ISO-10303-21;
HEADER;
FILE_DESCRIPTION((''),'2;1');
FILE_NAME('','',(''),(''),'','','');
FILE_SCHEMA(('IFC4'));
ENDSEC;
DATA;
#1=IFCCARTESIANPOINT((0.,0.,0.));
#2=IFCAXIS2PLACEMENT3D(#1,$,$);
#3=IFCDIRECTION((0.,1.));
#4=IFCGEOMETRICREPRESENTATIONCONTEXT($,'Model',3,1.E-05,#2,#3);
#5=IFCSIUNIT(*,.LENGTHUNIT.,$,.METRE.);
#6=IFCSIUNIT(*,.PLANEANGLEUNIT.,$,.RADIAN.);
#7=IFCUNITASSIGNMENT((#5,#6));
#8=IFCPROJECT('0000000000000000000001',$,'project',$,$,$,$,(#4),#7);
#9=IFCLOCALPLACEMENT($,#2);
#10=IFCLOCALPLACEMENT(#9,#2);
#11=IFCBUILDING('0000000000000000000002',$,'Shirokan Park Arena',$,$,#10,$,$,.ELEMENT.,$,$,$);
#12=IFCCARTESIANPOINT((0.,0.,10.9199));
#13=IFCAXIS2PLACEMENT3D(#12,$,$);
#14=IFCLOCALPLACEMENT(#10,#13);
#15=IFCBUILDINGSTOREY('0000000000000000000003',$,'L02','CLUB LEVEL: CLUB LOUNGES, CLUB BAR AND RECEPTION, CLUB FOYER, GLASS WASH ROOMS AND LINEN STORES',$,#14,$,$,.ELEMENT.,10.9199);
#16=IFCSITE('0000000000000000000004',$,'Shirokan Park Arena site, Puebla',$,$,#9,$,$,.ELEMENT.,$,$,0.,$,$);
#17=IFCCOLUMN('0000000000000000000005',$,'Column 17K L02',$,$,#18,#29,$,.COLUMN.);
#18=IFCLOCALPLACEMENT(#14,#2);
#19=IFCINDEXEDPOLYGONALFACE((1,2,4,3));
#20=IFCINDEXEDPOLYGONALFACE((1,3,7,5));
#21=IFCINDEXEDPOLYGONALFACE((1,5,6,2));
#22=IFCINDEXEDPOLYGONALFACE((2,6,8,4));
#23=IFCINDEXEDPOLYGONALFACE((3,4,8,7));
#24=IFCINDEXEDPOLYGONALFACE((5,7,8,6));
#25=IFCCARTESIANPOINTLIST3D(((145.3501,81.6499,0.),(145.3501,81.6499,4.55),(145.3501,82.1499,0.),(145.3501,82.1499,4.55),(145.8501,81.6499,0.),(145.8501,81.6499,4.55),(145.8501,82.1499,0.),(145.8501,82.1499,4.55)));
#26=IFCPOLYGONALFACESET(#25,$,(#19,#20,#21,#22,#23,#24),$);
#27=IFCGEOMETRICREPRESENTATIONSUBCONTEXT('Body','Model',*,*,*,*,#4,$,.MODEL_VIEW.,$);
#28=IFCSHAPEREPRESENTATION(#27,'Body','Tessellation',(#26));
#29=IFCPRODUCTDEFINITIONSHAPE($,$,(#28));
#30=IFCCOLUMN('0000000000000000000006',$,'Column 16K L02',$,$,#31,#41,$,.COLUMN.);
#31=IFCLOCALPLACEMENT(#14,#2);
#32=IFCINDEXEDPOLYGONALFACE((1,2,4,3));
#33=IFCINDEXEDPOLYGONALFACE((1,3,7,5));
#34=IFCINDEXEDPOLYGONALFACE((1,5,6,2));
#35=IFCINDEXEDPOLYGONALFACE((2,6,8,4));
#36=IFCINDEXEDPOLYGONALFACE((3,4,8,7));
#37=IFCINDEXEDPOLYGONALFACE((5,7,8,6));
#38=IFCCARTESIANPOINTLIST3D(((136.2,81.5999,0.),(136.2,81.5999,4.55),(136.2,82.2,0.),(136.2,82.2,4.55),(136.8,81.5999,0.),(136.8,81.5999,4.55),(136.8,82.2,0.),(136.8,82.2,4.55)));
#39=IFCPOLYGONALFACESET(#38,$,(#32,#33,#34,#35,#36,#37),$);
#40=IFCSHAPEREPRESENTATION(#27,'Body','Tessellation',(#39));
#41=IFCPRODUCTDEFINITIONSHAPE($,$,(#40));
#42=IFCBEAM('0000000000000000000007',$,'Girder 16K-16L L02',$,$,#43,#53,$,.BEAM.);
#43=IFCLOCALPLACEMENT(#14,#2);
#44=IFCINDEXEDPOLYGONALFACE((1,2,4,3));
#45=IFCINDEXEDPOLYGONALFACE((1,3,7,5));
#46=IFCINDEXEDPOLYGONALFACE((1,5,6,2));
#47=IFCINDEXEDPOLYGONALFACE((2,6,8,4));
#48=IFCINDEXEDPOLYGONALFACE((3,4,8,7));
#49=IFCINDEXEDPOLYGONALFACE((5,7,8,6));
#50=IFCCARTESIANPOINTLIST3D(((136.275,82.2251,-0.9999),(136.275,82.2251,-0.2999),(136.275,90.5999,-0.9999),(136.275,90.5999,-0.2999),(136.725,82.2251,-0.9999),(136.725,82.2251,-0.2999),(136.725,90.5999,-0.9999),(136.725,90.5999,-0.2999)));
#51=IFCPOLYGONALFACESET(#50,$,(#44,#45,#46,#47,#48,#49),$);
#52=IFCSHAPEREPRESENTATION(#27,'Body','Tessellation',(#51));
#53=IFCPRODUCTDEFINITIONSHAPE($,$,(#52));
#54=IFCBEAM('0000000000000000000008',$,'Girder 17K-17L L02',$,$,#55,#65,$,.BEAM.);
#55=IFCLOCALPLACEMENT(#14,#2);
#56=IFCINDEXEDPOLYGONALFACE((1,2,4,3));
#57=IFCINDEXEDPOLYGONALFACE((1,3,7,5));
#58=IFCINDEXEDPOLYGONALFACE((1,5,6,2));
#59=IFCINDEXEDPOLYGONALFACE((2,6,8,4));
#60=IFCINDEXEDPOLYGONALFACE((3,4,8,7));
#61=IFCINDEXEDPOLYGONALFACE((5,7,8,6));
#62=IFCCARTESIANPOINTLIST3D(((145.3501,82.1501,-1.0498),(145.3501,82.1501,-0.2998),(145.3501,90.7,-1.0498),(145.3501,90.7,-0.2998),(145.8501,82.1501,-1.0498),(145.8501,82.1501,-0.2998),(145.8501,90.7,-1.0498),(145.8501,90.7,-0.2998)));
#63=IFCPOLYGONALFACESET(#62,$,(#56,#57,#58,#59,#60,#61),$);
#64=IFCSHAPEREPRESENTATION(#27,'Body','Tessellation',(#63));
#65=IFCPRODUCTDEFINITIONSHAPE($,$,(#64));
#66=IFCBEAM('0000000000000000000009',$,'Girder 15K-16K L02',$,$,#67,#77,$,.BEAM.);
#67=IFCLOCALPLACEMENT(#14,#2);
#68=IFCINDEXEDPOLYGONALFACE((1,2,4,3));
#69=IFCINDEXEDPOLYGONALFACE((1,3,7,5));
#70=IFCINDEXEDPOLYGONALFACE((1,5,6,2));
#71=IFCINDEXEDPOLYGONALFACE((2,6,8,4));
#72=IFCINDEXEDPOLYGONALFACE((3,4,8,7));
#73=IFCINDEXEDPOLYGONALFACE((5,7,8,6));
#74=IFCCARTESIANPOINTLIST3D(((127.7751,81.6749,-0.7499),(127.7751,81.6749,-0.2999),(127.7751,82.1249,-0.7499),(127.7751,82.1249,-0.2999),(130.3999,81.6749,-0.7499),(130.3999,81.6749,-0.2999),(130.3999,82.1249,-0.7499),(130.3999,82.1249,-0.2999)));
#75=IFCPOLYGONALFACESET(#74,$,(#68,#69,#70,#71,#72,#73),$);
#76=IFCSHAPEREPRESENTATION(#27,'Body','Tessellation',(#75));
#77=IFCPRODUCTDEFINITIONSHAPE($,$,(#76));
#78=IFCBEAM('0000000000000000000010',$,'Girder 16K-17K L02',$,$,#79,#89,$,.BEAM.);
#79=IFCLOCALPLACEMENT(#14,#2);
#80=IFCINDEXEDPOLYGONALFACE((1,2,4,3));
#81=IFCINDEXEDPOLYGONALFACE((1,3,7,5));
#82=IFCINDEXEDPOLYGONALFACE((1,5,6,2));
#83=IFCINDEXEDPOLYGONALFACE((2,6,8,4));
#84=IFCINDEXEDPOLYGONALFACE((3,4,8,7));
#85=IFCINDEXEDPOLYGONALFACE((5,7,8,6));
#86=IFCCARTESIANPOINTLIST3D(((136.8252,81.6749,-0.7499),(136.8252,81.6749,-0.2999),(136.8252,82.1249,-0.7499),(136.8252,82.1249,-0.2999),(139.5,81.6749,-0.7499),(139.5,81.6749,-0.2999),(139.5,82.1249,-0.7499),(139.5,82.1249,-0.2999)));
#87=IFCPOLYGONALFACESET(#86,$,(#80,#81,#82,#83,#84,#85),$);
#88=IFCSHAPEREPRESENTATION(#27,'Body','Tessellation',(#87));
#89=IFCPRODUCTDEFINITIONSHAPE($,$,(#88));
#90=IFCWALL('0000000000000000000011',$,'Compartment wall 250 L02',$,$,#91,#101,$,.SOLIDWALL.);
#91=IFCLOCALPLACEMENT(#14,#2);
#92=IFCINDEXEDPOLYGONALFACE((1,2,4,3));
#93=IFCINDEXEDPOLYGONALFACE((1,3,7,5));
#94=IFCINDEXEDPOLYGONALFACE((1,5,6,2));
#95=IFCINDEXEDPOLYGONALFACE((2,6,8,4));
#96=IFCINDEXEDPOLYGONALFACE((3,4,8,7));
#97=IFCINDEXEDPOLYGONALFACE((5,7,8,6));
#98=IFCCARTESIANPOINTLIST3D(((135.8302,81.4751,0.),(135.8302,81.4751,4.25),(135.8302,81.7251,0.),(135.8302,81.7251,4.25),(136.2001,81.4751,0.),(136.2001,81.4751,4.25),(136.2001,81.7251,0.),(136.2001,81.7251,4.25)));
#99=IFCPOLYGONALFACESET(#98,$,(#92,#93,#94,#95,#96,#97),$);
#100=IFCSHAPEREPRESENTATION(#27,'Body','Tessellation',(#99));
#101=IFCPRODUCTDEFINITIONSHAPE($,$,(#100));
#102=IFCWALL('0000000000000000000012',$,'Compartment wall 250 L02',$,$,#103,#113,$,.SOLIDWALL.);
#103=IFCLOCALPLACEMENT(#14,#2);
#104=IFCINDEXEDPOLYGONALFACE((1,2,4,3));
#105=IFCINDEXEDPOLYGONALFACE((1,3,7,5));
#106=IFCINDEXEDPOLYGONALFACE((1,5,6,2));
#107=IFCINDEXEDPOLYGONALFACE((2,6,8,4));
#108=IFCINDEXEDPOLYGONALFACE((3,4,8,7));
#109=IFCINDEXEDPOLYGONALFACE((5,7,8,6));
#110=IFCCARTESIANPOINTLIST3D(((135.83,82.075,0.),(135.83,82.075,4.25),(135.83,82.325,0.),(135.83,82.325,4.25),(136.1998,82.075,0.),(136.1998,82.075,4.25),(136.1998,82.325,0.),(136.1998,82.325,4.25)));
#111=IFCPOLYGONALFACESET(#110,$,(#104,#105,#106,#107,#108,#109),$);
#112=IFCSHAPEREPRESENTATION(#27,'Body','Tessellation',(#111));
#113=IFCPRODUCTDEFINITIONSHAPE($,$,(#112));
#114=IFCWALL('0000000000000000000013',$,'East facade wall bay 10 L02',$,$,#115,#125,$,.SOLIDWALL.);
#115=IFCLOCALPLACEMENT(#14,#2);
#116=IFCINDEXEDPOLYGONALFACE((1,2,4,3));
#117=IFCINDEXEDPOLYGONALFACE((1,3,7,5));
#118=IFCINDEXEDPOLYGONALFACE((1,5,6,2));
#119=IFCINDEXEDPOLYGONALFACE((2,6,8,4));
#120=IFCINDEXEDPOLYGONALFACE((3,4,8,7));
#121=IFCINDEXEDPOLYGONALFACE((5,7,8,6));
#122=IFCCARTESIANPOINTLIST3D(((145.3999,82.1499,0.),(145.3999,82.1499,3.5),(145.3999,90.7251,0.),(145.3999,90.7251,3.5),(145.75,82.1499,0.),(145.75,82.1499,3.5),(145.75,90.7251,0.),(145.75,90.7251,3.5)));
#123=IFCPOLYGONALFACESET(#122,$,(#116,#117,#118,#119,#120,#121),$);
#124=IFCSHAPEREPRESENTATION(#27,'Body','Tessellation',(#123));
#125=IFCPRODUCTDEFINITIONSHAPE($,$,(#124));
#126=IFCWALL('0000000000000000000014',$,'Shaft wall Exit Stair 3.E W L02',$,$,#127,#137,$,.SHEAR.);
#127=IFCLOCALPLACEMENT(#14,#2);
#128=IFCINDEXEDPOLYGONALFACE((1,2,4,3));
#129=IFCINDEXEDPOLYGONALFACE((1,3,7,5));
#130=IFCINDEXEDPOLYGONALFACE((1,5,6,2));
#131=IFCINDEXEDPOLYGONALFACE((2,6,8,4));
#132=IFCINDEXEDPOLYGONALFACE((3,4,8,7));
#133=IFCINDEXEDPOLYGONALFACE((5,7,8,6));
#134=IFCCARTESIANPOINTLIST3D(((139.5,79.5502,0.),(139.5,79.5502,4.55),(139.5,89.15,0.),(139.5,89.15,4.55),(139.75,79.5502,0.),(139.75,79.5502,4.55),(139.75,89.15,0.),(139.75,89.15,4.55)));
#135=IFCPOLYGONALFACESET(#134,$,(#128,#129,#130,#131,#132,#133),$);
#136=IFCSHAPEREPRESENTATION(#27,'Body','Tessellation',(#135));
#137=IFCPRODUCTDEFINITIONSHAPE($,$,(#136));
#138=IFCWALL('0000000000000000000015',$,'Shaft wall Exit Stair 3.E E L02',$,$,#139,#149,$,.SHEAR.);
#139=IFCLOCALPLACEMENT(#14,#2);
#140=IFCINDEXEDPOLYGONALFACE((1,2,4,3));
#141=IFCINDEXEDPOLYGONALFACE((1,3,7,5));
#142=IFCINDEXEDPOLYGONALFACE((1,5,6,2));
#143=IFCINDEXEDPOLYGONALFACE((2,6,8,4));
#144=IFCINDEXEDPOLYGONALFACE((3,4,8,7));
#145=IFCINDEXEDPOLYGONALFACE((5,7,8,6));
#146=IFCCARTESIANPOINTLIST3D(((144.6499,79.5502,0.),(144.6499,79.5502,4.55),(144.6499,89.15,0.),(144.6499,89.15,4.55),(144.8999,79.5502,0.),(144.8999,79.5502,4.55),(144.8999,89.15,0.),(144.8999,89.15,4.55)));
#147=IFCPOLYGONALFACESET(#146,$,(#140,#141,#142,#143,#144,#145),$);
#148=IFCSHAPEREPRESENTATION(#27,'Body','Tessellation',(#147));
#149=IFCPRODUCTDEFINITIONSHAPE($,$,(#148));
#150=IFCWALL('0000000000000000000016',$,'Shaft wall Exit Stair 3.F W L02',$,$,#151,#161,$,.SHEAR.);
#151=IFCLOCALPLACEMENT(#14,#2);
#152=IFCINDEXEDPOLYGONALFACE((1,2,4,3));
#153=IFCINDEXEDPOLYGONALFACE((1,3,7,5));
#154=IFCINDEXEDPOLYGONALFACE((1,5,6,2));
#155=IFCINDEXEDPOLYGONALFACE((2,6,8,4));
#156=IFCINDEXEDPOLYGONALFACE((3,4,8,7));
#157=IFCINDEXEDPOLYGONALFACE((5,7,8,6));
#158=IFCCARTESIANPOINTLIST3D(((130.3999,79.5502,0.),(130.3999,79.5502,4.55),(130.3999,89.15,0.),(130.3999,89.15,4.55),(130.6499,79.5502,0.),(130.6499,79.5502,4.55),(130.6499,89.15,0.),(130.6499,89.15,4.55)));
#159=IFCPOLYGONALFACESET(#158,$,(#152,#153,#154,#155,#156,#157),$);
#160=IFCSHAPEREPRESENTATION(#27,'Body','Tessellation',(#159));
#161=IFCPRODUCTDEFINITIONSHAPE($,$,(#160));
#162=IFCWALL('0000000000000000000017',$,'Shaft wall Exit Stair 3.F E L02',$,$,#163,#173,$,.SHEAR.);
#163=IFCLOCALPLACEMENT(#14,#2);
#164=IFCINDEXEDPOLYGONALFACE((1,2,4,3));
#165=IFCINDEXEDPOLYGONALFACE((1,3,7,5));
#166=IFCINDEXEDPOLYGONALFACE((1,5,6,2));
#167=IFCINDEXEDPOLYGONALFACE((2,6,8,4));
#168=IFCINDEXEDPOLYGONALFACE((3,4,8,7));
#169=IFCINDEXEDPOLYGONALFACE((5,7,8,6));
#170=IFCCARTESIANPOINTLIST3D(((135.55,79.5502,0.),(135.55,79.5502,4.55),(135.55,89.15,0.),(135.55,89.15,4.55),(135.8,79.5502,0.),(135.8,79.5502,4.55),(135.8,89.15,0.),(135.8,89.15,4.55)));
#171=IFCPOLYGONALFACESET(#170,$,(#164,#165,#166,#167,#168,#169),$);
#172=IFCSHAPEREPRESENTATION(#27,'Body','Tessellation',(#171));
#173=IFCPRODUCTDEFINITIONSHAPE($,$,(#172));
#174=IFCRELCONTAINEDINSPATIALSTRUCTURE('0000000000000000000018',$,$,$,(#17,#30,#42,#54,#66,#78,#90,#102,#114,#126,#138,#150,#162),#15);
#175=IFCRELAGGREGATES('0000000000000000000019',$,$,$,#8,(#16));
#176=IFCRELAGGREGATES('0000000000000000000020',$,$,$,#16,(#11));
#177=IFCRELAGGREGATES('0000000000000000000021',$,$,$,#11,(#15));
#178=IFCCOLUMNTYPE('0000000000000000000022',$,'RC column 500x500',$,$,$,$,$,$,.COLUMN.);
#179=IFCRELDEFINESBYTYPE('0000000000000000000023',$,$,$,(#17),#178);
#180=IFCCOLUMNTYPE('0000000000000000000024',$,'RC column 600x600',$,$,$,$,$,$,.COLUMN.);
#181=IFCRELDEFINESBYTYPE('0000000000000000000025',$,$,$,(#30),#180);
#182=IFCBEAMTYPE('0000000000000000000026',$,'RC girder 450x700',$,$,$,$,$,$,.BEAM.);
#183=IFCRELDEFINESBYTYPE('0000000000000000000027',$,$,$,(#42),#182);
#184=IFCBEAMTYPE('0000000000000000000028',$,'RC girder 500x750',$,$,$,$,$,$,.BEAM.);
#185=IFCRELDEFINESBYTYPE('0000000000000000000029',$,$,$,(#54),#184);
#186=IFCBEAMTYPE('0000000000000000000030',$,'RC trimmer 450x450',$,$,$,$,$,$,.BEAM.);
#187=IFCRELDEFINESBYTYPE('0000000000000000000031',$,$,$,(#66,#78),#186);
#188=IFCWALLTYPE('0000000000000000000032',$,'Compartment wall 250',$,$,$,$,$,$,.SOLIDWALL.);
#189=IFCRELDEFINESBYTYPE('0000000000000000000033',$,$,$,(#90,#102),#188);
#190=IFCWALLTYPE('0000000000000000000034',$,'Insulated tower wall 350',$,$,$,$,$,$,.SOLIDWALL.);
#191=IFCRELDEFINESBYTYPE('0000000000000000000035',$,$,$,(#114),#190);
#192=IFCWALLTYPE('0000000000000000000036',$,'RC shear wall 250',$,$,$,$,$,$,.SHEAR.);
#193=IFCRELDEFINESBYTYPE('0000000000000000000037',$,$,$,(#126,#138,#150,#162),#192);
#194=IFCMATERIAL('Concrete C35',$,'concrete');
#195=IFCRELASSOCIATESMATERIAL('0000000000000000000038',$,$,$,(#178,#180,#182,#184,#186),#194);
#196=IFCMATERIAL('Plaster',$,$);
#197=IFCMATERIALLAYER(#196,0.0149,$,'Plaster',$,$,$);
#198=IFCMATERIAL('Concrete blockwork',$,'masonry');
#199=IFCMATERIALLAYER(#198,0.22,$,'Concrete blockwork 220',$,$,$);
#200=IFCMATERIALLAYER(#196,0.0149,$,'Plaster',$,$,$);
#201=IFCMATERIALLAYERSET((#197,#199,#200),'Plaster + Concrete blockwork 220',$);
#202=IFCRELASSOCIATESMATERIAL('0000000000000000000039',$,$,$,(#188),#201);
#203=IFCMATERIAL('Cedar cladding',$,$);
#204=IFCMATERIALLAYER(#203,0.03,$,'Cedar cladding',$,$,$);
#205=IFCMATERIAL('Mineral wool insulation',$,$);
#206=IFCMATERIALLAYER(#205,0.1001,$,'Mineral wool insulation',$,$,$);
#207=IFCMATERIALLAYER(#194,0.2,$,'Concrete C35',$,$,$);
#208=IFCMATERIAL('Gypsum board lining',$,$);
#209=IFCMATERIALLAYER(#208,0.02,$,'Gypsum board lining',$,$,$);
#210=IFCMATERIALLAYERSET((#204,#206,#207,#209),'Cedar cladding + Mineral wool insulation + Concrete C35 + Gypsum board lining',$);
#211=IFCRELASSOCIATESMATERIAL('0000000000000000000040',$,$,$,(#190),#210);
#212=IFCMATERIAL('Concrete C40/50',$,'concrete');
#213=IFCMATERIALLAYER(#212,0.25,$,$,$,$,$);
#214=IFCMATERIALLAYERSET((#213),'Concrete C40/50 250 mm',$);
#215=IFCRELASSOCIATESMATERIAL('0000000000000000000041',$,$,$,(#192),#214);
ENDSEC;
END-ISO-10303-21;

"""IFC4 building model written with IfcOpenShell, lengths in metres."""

from ifc_helpers import new_model, si_unit, direction, frame, frame_2d, origin, origin_2d, place, context, subcontext, project, spatial, rectangle, extrude, material, layer, layer_set, material_profile, profile_set, type_object, element, save


model = new_model("IFC4")

# Units and contexts
model_context = context("Model", 3, precision=1e-05, world=origin(), true_north=direction((0.0, 1.0)))
body_context = subcontext(model_context, "Body", "Model", "MODEL_VIEW")
ifc_project = project(units=[si_unit("LENGTHUNIT", "METRE"), si_unit("PLANEANGLEUNIT", "RADIAN")], contexts=[model_context])

# Site, building, storey
site_placement = place(None, origin())
site = spatial("IfcSite", under=ifc_project, at=site_placement, Name="Shirokan Park Arena site, Puebla", CompositionType="ELEMENT", RefElevation=0.0)
building_placement = place(site_placement, origin())
building = spatial("IfcBuilding", under=site, at=building_placement, Name="Shirokan Park Arena", CompositionType="ELEMENT")
storey_placement = place(building_placement, frame((0.0, 0.0, 10.9199)))
storey = spatial("IfcBuildingStorey", under=building, at=storey_placement, Name="L02", Description="CLUB LEVEL: CLUB LOUNGES, CLUB BAR AND RECEPTION, CLUB FOYER, GLASS WASH ROOMS AND LINEN STORES", CompositionType="ELEMENT", Elevation=10.9199)

# Columns
ifc_material_1 = material(Name="Concrete C35", Category="concrete")
ifc_material_profile_1 = material_profile(ifc_material_1, rectangle(XDim=0.5, YDim=0.5, at=origin_2d()), Name="500x500")
ifc_profile_set_1 = profile_set([ifc_material_profile_1], Name="Concrete C35")
column_type_1 = type_object("IfcColumnType", Name="RC column 500x500", PredefinedType="COLUMN", material=ifc_profile_set_1)
column_1_placement = place(storey_placement, frame((145.6001, 81.8999, 0.0), z_axis=(0.0, 0.0, 1.0), x_axis=(1.0, 0.0, 0.0)))
element("IfcColumn", 1, at=column_1_placement, inside=storey, type_object=column_type_1, Name="Column 17K L02", PredefinedType="COLUMN", context=body_context, shape_type="SweptSolid", body=[
    extrude(rectangle(XDim=0.5, YDim=0.5, at=origin_2d()), origin(), (0.0, 0.0, 1.0), 4.55),
])
ifc_material_profile_2 = material_profile(ifc_material_1, rectangle(XDim=0.6001, YDim=0.6001, at=origin_2d()), Name="600x600")
ifc_profile_set_2 = profile_set([ifc_material_profile_2], Name="Concrete C35")
column_type_2 = type_object("IfcColumnType", Name="RC column 600x600", PredefinedType="COLUMN", material=ifc_profile_set_2)
column_2_placement = place(storey_placement, frame((136.5, 81.8999, 0.0), z_axis=(0.0, 0.0, 1.0), x_axis=(1.0, 0.0, 0.0)))
element("IfcColumn", 2, at=column_2_placement, inside=storey, type_object=column_type_2, Name="Column 16K L02", PredefinedType="COLUMN", context=body_context, shape_type="SweptSolid", body=[
    extrude(rectangle(XDim=0.6001, YDim=0.6001, at=origin_2d()), origin(), (0.0, 0.0, 1.0), 4.55),
])

# Beams
ifc_material_profile_3 = material_profile(ifc_material_1, rectangle(XDim=0.45, YDim=0.7, at=origin_2d()), Name="450x700")
ifc_profile_set_3 = profile_set([ifc_material_profile_3], Name="Concrete C35")
beam_type_1 = type_object("IfcBeamType", Name="RC girder 450x700", PredefinedType="BEAM", material=ifc_profile_set_3)
beam_1_placement = place(storey_placement, frame((136.5, 82.2251, -0.6499), z_axis=(0.0, 1.0, 0.0), x_axis=(-1.0, 0.0, 0.0)))
element("IfcBeam", 3, at=beam_1_placement, inside=storey, type_object=beam_type_1, Name="Girder 16K-16L L02", PredefinedType="BEAM", context=body_context, shape_type="SweptSolid", body=[
    extrude(rectangle(XDim=0.45, YDim=0.7, at=origin_2d()), origin(), (0.0, 0.0, 1.0), 8.3748),
])
ifc_material_profile_4 = material_profile(ifc_material_1, rectangle(XDim=0.5, YDim=0.75, at=origin_2d()), Name="500x750")
ifc_profile_set_4 = profile_set([ifc_material_profile_4], Name="Concrete C35")
beam_type_2 = type_object("IfcBeamType", Name="RC girder 500x750", PredefinedType="BEAM", material=ifc_profile_set_4)
beam_2_placement = place(storey_placement, frame((145.6001, 82.1501, -0.6748), z_axis=(0.0, 1.0, 0.0), x_axis=(-1.0, 0.0, 0.0)))
element("IfcBeam", 4, at=beam_2_placement, inside=storey, type_object=beam_type_2, Name="Girder 17K-17L L02", PredefinedType="BEAM", context=body_context, shape_type="SweptSolid", body=[
    extrude(rectangle(XDim=0.5, YDim=0.75, at=origin_2d()), origin(), (0.0, 0.0, 1.0), 8.5498),
])
ifc_material_profile_5 = material_profile(ifc_material_1, rectangle(XDim=0.45, YDim=0.45, at=origin_2d()), Name="450x450")
ifc_profile_set_5 = profile_set([ifc_material_profile_5], Name="Concrete C35")
beam_type_3 = type_object("IfcBeamType", Name="RC trimmer 450x450", PredefinedType="BEAM", material=ifc_profile_set_5)
beam_3_placement = place(storey_placement, frame((127.7751, 81.8999, -0.5249), z_axis=(1.0, 0.0, 0.0), x_axis=(0.0, 1.0, 0.0)))
element("IfcBeam", 5, at=beam_3_placement, inside=storey, type_object=beam_type_3, Name="Girder 15K-16K L02", PredefinedType="BEAM", context=body_context, shape_type="SweptSolid", body=[
    extrude(rectangle(XDim=0.45, YDim=0.45, at=origin_2d()), origin(), (0.0, 0.0, 1.0), 2.6248),
])
beam_4_placement = place(storey_placement, frame((136.8252, 81.8999, -0.5249), z_axis=(1.0, 0.0, 0.0), x_axis=(0.0, 1.0, 0.0)))
element("IfcBeam", 6, at=beam_4_placement, inside=storey, type_object=beam_type_3, Name="Girder 16K-17K L02", PredefinedType="BEAM", context=body_context, shape_type="SweptSolid", body=[
    extrude(rectangle(XDim=0.45, YDim=0.45, at=origin_2d()), origin(), (0.0, 0.0, 1.0), 2.6748),
])

# Walls
ifc_material_2 = material(Name="Plaster")
ifc_layer_1 = layer(ifc_material_2, 0.0149, Name="Plaster")
ifc_material_3 = material(Name="Concrete blockwork", Category="masonry")
ifc_layer_2 = layer(ifc_material_3, 0.22, Name="Concrete blockwork 220")
ifc_layer_3 = layer(ifc_material_2, 0.0149, Name="Plaster")
ifc_layer_set_1 = layer_set([ifc_layer_1, ifc_layer_2, ifc_layer_3], Name="Plaster + Concrete blockwork 220")
wall_type_1 = type_object("IfcWallType", Name="Compartment wall 250", PredefinedType="SOLIDWALL", material=ifc_layer_set_1)
for number, where, z_axis, x_axis, name in (
    (7, (135.8301, 81.6001, 0.0), (0.0, 0.0, 1.0), (1.0, 0.0, 0.0), "Compartment wall 250 L02"),
    (8, (136.2, 82.2, 0.0), (0.0, 0.0, 1.0), (-1.0, 0.0, 0.0), "Compartment wall 250 L02"),
):
    element("IfcWall", number, at=place(storey_placement, frame(where, z_axis=z_axis, x_axis=x_axis)), inside=storey, type_object=wall_type_1, Name=name, PredefinedType="SOLIDWALL", context=body_context, shape_type="SweptSolid", body=[
        extrude(rectangle(XDim=0.3699, YDim=0.25, at=frame_2d((0.1851, 0.0))), origin(), (0.0, 0.0, 1.0), 4.25),
    ])
ifc_material_4 = material(Name="Cedar cladding")
ifc_layer_4 = layer(ifc_material_4, 0.03, Name="Cedar cladding")
ifc_material_5 = material(Name="Mineral wool insulation")
ifc_layer_5 = layer(ifc_material_5, 0.1001, Name="Mineral wool insulation")
ifc_layer_6 = layer(ifc_material_1, 0.2, Name="Concrete C35")
ifc_material_6 = material(Name="Gypsum board lining")
ifc_layer_7 = layer(ifc_material_6, 0.02, Name="Gypsum board lining")
ifc_layer_set_2 = layer_set([ifc_layer_4, ifc_layer_5, ifc_layer_6, ifc_layer_7], Name="Cedar cladding + Mineral wool insulation + Concrete C35 + Gypsum board lining")
wall_type_2 = type_object("IfcWallType", Name="Insulated tower wall 350", PredefinedType="SOLIDWALL", material=ifc_layer_set_2)
wall_placement = place(storey_placement, frame((145.575, 82.1499, 0.0), z_axis=(0.0, 0.0, 1.0), x_axis=(0.0, 1.0, 0.0)))
element("IfcWall", 9, at=wall_placement, inside=storey, type_object=wall_type_2, Name="East facade wall bay 10 L02", PredefinedType="SOLIDWALL", context=body_context, shape_type="SweptSolid", body=[
    extrude(rectangle(XDim=8.5752, YDim=0.3501, at=frame_2d((4.2876, 0.0))), origin(), (0.0, 0.0, 1.0), 3.5),
])
ifc_material_7 = material(Name="Concrete C40/50", Category="concrete")
ifc_layer_8 = layer(ifc_material_7, 0.25)
ifc_layer_set_3 = layer_set([ifc_layer_8], Name="Concrete C40/50 250 mm")
wall_type_3 = type_object("IfcWallType", Name="RC shear wall 250", PredefinedType="SHEAR", material=ifc_layer_set_3)
for number, where, z_axis, x_axis, name in (
    (10, (139.625, 89.1499, 0.0), (0.0, 0.0, 1.0), (0.0, -1.0, 0.0), "Shaft wall Exit Stair 3.E W L02"),
    (11, (144.7749, 89.1499, 0.0), (0.0, 0.0, 1.0), (0.0, -1.0, 0.0), "Shaft wall Exit Stair 3.E E L02"),
    (12, (130.5249, 89.1499, 0.0), (0.0, 0.0, 1.0), (0.0, -1.0, 0.0), "Shaft wall Exit Stair 3.F W L02"),
    (13, (135.675, 89.1499, 0.0), (0.0, 0.0, 1.0), (0.0, -1.0, 0.0), "Shaft wall Exit Stair 3.F E L02"),
):
    element("IfcWall", number, at=place(storey_placement, frame(where, z_axis=z_axis, x_axis=x_axis)), inside=storey, type_object=wall_type_3, Name=name, PredefinedType="SHEAR", context=body_context, shape_type="SweptSolid", body=[
        extrude(rectangle(XDim=9.5999, YDim=0.25, at=frame_2d((4.7998, 0.0))), origin(), (0.0, 0.0, 1.0), 4.55),
    ])

save(model, "model.ifc")
